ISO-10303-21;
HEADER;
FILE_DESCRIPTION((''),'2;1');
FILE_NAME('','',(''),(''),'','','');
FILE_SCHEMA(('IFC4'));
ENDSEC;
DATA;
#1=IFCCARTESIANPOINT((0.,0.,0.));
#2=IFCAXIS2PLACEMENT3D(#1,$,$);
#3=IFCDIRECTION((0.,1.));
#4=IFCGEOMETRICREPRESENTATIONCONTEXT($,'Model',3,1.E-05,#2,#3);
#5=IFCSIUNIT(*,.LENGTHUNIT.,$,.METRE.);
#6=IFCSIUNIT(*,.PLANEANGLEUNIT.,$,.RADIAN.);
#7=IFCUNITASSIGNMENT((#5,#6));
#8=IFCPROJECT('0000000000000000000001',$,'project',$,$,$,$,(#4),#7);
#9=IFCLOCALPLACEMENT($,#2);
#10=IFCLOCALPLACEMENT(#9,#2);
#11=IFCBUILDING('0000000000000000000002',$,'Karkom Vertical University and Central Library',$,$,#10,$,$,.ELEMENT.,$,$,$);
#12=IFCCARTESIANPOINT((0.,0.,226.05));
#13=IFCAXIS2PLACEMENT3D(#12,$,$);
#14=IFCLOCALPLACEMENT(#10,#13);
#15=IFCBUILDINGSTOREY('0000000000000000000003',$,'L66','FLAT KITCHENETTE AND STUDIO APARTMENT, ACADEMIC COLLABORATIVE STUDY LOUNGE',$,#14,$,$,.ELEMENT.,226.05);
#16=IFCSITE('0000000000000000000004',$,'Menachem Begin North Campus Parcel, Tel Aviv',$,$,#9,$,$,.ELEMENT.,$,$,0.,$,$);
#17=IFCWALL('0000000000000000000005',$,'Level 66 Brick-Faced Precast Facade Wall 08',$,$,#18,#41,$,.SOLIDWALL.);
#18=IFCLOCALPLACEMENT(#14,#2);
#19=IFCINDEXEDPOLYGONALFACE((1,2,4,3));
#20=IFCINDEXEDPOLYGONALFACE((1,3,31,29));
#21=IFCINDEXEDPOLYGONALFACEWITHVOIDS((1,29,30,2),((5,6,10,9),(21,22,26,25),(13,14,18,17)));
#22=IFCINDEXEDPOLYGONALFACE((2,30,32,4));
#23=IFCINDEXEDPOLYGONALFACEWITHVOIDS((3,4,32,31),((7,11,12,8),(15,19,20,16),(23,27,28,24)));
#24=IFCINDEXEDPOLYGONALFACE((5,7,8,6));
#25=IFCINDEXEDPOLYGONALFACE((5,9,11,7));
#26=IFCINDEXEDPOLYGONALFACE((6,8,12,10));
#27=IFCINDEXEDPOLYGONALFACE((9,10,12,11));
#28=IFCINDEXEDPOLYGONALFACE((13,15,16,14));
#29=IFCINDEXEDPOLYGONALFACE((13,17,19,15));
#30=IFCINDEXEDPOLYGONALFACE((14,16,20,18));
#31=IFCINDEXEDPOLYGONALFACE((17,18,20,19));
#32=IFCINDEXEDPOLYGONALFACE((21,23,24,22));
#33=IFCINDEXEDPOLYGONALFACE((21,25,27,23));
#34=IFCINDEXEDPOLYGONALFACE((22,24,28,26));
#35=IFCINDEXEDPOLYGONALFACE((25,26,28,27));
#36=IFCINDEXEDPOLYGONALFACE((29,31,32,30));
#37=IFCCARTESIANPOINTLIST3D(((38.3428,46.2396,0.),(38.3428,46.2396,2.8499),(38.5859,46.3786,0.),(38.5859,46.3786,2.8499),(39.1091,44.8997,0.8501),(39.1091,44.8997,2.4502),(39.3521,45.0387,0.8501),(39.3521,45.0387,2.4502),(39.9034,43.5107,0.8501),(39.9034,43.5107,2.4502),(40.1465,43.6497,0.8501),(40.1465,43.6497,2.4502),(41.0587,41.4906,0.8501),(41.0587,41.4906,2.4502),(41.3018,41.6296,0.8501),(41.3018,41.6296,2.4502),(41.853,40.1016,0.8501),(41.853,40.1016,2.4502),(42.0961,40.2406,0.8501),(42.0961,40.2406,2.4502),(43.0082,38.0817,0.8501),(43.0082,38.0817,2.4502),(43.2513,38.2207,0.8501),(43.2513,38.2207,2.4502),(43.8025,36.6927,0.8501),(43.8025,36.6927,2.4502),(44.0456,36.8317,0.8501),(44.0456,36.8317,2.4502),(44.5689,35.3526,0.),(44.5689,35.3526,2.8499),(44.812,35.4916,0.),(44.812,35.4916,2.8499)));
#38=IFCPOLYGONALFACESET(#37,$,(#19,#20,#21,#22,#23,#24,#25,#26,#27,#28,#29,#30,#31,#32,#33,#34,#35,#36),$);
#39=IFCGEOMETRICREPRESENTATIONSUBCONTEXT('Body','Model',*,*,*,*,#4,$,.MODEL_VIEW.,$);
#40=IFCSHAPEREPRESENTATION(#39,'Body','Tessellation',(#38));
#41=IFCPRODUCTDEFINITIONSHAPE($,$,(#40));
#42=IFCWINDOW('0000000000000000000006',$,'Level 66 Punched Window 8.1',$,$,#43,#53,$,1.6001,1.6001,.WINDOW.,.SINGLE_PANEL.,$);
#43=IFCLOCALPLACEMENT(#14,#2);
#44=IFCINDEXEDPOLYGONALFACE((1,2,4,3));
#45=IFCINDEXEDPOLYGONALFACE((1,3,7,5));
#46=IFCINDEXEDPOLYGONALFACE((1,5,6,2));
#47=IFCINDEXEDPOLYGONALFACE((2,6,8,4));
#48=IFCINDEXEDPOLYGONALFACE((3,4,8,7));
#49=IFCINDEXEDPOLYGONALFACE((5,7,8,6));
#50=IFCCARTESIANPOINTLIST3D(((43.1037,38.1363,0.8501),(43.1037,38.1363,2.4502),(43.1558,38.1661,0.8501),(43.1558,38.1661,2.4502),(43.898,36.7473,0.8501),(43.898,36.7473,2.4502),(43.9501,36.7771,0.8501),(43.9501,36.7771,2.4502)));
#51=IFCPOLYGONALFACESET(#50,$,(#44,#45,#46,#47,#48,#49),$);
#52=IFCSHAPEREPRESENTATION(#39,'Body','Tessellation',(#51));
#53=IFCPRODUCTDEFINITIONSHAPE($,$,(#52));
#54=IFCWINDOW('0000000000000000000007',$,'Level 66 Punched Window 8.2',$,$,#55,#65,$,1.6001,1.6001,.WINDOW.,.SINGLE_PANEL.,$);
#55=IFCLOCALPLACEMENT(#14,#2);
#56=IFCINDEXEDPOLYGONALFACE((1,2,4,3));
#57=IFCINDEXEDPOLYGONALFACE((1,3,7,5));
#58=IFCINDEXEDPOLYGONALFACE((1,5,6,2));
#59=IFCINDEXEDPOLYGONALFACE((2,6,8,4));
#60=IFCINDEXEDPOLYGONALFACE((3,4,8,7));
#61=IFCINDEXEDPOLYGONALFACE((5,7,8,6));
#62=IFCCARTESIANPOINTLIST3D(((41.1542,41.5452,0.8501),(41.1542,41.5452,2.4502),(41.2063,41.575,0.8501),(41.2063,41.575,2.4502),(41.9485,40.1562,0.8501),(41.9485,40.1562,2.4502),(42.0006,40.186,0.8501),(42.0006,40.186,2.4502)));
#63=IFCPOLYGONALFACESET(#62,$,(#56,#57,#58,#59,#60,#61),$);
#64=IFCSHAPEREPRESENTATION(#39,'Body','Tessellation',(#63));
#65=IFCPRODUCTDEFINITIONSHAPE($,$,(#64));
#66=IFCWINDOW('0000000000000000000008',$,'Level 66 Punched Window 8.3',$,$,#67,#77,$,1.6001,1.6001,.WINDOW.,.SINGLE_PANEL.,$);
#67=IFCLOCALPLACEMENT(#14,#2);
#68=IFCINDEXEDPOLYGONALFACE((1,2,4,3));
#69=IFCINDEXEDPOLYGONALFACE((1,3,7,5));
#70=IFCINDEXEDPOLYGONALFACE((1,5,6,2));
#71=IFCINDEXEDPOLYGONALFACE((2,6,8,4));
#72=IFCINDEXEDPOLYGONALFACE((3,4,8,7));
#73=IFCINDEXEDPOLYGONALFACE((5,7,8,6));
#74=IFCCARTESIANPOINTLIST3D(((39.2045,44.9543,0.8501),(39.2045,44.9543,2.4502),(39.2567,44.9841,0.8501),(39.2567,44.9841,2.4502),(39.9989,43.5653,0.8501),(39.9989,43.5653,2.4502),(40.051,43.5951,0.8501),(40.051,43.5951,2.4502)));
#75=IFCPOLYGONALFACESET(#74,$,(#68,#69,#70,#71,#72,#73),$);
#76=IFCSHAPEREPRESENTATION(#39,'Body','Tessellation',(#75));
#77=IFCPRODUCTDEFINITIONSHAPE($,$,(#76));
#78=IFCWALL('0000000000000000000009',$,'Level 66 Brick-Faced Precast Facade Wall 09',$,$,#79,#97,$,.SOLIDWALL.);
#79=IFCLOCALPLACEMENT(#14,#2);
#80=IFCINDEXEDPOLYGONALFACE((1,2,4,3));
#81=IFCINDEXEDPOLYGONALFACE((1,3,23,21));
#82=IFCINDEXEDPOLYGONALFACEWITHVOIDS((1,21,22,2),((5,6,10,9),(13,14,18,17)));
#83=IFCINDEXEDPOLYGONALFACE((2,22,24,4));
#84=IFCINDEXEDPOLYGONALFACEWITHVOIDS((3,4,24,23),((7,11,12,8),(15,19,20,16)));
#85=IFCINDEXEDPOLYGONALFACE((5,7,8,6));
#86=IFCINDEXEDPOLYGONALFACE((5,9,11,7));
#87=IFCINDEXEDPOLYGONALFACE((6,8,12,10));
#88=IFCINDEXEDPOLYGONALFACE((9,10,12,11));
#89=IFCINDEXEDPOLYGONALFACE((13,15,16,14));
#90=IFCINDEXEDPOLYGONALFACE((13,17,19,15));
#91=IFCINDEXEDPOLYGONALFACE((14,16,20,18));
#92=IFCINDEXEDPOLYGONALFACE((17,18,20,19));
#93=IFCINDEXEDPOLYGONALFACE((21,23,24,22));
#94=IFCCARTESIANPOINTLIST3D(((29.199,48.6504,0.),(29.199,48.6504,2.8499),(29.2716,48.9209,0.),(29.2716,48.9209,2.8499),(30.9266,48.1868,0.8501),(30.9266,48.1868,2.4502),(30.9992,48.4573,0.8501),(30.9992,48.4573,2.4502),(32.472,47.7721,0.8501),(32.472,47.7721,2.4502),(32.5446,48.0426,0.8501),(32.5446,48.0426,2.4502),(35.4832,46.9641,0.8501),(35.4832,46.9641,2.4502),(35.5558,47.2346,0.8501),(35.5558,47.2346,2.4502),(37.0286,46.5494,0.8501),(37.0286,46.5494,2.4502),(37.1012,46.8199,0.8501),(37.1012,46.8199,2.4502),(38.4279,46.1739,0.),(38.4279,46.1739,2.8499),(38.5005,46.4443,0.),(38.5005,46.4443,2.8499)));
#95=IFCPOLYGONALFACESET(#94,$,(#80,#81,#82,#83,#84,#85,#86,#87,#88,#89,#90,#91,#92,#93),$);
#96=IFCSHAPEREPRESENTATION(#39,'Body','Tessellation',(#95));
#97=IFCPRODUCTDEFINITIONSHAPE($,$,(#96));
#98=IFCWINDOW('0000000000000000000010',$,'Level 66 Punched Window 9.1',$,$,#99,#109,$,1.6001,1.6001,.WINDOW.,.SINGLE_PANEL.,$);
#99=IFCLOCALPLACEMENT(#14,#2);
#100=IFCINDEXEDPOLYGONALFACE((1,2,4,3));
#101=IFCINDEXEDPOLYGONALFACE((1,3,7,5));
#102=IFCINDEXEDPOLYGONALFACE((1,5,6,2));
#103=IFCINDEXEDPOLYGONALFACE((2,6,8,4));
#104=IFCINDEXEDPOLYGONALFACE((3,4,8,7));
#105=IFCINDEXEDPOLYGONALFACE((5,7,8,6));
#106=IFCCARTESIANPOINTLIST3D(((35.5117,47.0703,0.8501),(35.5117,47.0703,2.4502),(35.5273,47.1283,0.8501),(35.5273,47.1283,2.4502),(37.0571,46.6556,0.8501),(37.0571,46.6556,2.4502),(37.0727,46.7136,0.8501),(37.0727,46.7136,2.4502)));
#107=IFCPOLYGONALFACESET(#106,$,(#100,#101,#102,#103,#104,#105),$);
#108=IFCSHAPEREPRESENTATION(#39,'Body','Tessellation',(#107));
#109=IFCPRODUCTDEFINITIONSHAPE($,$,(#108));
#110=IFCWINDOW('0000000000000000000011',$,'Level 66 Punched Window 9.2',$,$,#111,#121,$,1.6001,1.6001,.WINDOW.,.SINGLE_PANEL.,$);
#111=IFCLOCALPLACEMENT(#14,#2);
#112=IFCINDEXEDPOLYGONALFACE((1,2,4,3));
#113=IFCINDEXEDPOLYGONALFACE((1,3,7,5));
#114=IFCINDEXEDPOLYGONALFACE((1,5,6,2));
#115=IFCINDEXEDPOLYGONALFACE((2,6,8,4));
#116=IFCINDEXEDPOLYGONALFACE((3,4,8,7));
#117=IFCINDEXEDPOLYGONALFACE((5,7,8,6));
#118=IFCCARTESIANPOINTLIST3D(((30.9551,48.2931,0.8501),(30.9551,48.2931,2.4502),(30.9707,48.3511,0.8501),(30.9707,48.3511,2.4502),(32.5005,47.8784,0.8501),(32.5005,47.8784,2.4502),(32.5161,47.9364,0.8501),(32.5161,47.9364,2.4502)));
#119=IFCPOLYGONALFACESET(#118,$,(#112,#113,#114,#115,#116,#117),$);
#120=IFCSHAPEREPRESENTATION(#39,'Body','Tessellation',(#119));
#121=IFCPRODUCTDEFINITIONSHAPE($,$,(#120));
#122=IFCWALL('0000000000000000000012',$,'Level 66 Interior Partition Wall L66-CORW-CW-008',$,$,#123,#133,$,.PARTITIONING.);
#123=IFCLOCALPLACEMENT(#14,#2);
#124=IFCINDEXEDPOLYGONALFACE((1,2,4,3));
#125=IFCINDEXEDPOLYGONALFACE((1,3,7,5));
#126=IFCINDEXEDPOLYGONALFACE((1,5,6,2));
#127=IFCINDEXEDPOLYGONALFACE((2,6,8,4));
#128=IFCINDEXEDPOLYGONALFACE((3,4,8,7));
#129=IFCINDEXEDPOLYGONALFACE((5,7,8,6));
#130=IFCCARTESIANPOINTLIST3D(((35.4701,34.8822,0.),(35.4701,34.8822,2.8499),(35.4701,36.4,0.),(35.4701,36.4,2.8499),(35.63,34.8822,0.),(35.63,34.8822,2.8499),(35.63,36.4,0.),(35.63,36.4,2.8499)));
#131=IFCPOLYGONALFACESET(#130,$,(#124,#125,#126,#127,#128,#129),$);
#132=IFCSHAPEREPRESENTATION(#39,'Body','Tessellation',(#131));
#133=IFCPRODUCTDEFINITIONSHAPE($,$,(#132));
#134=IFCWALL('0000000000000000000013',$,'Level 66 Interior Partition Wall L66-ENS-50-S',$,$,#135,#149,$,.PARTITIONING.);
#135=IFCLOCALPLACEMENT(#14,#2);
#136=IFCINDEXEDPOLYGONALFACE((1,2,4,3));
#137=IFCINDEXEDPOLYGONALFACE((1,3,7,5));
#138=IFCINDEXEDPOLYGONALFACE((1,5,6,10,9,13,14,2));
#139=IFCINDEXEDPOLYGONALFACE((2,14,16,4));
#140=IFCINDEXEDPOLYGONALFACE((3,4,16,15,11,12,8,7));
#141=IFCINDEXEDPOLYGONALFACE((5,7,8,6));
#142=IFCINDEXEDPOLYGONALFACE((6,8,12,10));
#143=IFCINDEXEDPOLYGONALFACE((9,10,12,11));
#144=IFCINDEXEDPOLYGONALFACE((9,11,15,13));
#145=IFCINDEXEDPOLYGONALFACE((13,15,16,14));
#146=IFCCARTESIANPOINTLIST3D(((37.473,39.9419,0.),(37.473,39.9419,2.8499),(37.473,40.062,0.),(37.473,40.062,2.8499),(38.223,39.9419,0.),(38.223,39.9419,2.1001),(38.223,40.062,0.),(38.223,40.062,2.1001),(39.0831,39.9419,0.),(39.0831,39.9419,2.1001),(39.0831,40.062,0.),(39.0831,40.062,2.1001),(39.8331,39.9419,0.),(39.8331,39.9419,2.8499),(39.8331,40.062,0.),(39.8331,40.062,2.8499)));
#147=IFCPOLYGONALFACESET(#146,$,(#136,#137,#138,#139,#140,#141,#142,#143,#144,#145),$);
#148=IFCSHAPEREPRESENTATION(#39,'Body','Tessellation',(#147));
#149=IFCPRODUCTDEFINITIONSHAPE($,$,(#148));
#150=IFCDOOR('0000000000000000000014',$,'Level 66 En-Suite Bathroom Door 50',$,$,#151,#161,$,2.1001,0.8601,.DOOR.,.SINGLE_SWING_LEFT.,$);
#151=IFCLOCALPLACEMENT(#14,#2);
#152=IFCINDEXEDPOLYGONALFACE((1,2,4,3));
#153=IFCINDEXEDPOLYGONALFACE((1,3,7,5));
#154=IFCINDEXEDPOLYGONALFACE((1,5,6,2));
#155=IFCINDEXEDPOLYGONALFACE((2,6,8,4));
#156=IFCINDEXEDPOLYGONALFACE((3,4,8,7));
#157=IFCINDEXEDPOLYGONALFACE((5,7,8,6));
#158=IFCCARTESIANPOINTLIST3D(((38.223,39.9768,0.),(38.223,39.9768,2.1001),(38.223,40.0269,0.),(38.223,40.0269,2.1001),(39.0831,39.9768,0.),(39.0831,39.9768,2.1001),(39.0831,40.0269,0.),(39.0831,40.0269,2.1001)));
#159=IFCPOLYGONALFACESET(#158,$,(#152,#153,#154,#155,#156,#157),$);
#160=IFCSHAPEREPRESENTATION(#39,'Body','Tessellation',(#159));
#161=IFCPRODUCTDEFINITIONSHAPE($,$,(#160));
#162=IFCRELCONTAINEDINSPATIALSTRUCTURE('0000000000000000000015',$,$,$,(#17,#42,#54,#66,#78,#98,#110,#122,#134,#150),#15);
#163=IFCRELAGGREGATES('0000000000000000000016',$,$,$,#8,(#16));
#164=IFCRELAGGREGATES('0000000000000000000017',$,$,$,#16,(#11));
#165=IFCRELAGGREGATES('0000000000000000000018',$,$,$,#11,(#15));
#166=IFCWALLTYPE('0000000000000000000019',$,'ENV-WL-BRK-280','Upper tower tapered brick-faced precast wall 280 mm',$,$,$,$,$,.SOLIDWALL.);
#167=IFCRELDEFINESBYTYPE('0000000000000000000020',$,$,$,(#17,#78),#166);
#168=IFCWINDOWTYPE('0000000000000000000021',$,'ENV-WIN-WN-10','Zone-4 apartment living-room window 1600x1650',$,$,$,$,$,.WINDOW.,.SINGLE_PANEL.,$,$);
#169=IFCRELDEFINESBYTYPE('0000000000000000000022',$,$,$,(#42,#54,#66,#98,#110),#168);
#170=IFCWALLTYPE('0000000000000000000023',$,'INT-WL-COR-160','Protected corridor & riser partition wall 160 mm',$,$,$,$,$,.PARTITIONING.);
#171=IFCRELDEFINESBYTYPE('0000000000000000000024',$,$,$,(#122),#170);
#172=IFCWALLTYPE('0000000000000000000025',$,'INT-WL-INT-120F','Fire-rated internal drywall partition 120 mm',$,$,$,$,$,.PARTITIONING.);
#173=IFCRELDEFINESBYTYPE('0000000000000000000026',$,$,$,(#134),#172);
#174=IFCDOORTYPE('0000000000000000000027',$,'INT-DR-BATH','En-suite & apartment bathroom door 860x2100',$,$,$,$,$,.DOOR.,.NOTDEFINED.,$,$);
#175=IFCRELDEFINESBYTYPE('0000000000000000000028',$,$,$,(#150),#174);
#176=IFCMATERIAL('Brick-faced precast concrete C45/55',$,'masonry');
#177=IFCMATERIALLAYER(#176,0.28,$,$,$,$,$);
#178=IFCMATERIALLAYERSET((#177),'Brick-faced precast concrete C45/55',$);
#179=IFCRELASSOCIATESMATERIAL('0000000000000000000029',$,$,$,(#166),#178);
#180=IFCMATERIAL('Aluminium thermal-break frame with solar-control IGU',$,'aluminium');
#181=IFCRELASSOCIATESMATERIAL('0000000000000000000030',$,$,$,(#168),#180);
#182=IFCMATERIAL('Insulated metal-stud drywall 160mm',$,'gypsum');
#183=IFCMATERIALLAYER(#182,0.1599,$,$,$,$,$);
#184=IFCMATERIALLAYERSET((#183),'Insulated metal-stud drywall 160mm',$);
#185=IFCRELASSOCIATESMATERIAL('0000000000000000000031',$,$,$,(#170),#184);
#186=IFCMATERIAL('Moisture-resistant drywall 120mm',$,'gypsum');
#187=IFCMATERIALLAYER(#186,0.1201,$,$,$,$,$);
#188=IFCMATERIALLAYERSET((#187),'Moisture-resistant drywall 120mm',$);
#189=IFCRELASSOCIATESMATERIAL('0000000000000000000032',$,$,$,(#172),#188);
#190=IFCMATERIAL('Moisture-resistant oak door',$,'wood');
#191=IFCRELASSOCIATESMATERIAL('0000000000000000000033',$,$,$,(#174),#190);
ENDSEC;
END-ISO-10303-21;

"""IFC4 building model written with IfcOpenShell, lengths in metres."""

from ifc_helpers import new_model, si_unit, direction, frame, frame_2d, origin, origin_with_axes, place, context, subcontext, project, spatial, rectangle, extrude, source, transform, mapped, material, layer, layer_set, type_object, element, fill, save


model = new_model("IFC4")

# Units and contexts
model_context = context("Model", 3, precision=1e-05, world=origin(), true_north=direction((0.0, 1.0)))
body_context = subcontext(model_context, "Body", "Model", "MODEL_VIEW")
ifc_project = project(units=[si_unit("LENGTHUNIT", "METRE"), si_unit("PLANEANGLEUNIT", "RADIAN")], contexts=[model_context])

# Site, building, storey
site_placement = place(None, origin())
site = spatial("IfcSite", under=ifc_project, at=site_placement, Name="Menachem Begin North Campus Parcel, Tel Aviv", CompositionType="ELEMENT", RefElevation=0.0)
building_placement = place(site_placement, origin())
building = spatial("IfcBuilding", under=site, at=building_placement, Name="Karkom Vertical University and Central Library", CompositionType="ELEMENT")
storey_placement = place(building_placement, frame((0.0, 0.0, 226.05)))
storey = spatial("IfcBuildingStorey", under=building, at=storey_placement, Name="L66", Description="FLAT KITCHENETTE AND STUDIO APARTMENT, ACADEMIC COLLABORATIVE STUDY LOUNGE", CompositionType="ELEMENT", Elevation=226.05)

# Walls, openings, windows
ifc_material_1 = material(Name="Brick-faced precast concrete C45/55", Category="masonry")
ifc_layer_1 = layer(ifc_material_1, 0.28)
ifc_layer_set_1 = layer_set([ifc_layer_1], Name="Brick-faced precast concrete C45/55")
wall_type_1 = type_object("IfcWallType", Name="ENV-WL-BRK-280", Description="Upper tower tapered brick-faced precast wall 280 mm", PredefinedType="SOLIDWALL", material=ifc_layer_set_1)
wall_1_placement = place(storey_placement, frame((44.6904, 35.4221, 0.0), z_axis=(0.0, 0.0, 1.0), x_axis=(-0.496437, 0.868073, 0.0)))
wall_1 = element("IfcWall", 1, at=wall_1_placement, inside=storey, type_object=wall_type_1, Name="Level 66 Brick-Faced Precast Facade Wall 08", PredefinedType="SOLIDWALL", context=body_context, shape_type="SweptSolid", body=[
    extrude(rectangle(XDim=12.5415, YDim=0.28, at=frame_2d((6.2708, 0.0))), origin(), (0.0, 0.0, 1.0), 2.8499),
])
opening_1_placement = place(wall_1_placement, frame((1.5437, 0.0, 0.8501)))
opening_1 = element("IfcOpeningElement", 2, at=opening_1_placement, cuts=wall_1, PredefinedType="OPENING", context=body_context, shape_type="SweptSolid", body=[
    extrude(rectangle(XDim=1.6001, YDim=1.6001, at=frame_2d((0.8, 0.8))), frame((0.0, 0.1499, 0.0), z_axis=(0.0, -1.0, 0.0), x_axis=(1.0, 0.0, 0.0)), (0.0, 0.0, 1.0), 0.3),
])
opening_2_placement = place(wall_1_placement, frame((5.4707, 0.0, 0.8501)))
opening_2 = element("IfcOpeningElement", 3, at=opening_2_placement, cuts=wall_1, PredefinedType="OPENING", context=body_context, shape_type="SweptSolid", body=[
    extrude(rectangle(XDim=1.6001, YDim=1.6001, at=frame_2d((0.8, 0.8))), frame((0.0, 0.1499, 0.0), z_axis=(0.0, -1.0, 0.0), x_axis=(1.0, 0.0, 0.0)), (0.0, 0.0, 1.0), 0.3),
])
opening_3_placement = place(wall_1_placement, frame((9.3979, 0.0, 0.8501)))
opening_3 = element("IfcOpeningElement", 4, at=opening_3_placement, cuts=wall_1, PredefinedType="OPENING", context=body_context, shape_type="SweptSolid", body=[
    extrude(rectangle(XDim=1.6001, YDim=1.6001, at=frame_2d((0.8, 0.8))), frame((0.0, 0.1499, 0.0), z_axis=(0.0, -1.0, 0.0), x_axis=(1.0, 0.0, 0.0)), (0.0, 0.0, 1.0), 0.3),
])
ifc_material_2 = material(Name="Aluminium thermal-break frame with solar-control IGU", Category="aluminium")
window_type = type_object("IfcWindowType", Name="ENV-WIN-WN-10", Description="Zone-4 apartment living-room window 1600x1650", PartitioningType="SINGLE_PANEL", PredefinedType="WINDOW", material=ifc_material_2)
shared_shape_1 = source(origin_with_axes(), body_context, "Body", "SweptSolid", [
    extrude(rectangle(XDim=1.6001, YDim=1.6001, at=frame_2d((0.8, 0.8))), frame((0.0, 0.03, 0.0), z_axis=(0.0, -1.0, 0.0), x_axis=(1.0, 0.0, 0.0)), (0.0, 0.0, 1.0), 0.0601),
])
window_1_placement = place(opening_1_placement, origin())
window_1 = element("IfcWindow", 5, at=window_1_placement, inside=storey, type_object=window_type, Name="Level 66 Punched Window 8.1", OverallHeight=1.6001, OverallWidth=1.6001, PartitioningType="SINGLE_PANEL", PredefinedType="WINDOW", context=body_context, shape_type="MappedRepresentation", body=[
    mapped(shared_shape_1, transform((0.0, 0.0, 0.0), scale=1.0)),
])
fill(opening_1, window_1)
window_2_placement = place(opening_2_placement, origin())
window_2 = element("IfcWindow", 6, at=window_2_placement, inside=storey, type_object=window_type, Name="Level 66 Punched Window 8.2", OverallHeight=1.6001, OverallWidth=1.6001, PartitioningType="SINGLE_PANEL", PredefinedType="WINDOW", context=body_context, shape_type="MappedRepresentation", body=[
    mapped(shared_shape_1, transform((0.0, 0.0, 0.0), scale=1.0)),
])
fill(opening_2, window_2)
window_3_placement = place(opening_3_placement, origin())
window_3 = element("IfcWindow", 7, at=window_3_placement, inside=storey, type_object=window_type, Name="Level 66 Punched Window 8.3", OverallHeight=1.6001, OverallWidth=1.6001, PartitioningType="SINGLE_PANEL", PredefinedType="WINDOW", context=body_context, shape_type="MappedRepresentation", body=[
    mapped(shared_shape_1, transform((0.0, 0.0, 0.0), scale=1.0)),
])
fill(opening_3, window_3)
wall_2_placement = place(storey_placement, frame((38.4644, 46.3091, 0.0), z_axis=(0.0, 0.0, 1.0), x_axis=(-0.96583, 0.259176, 0.0)))
wall_2 = element("IfcWall", 8, at=wall_2_placement, inside=storey, type_object=wall_type_1, Name="Level 66 Brick-Faced Precast Facade Wall 09", PredefinedType="SOLIDWALL", context=body_context, shape_type="SweptSolid", body=[
    extrude(rectangle(XDim=9.5554, YDim=0.28, at=frame_2d((4.7778, 0.0))), origin(), (0.0, 0.0, 1.0), 2.8499),
])
opening_4_placement = place(wall_2_placement, frame((1.449, 0.0, 0.8501)))
opening_4 = element("IfcOpeningElement", 9, at=opening_4_placement, cuts=wall_2, PredefinedType="OPENING", context=body_context, shape_type="SweptSolid", body=[
    extrude(rectangle(XDim=1.6001, YDim=1.6001, at=frame_2d((0.8, 0.8))), frame((0.0, 0.1499, 0.0), z_axis=(0.0, -1.0, 0.0), x_axis=(1.0, 0.0, 0.0)), (0.0, 0.0, 1.0), 0.3),
])
opening_5_placement = place(wall_2_placement, frame((6.1667, 0.0, 0.8501)))
opening_5 = element("IfcOpeningElement", 10, at=opening_5_placement, cuts=wall_2, PredefinedType="OPENING", context=body_context, shape_type="SweptSolid", body=[
    extrude(rectangle(XDim=1.6001, YDim=1.6001, at=frame_2d((0.8, 0.8))), frame((0.0, 0.1499, 0.0), z_axis=(0.0, -1.0, 0.0), x_axis=(1.0, 0.0, 0.0)), (0.0, 0.0, 1.0), 0.3),
])
window_4_placement = place(opening_4_placement, origin())
window_4 = element("IfcWindow", 11, at=window_4_placement, inside=storey, type_object=window_type, Name="Level 66 Punched Window 9.1", OverallHeight=1.6001, OverallWidth=1.6001, PartitioningType="SINGLE_PANEL", PredefinedType="WINDOW", context=body_context, shape_type="MappedRepresentation", body=[
    mapped(shared_shape_1, transform((0.0, 0.0, 0.0), scale=1.0)),
])
fill(opening_4, window_4)
window_5_placement = place(opening_5_placement, origin())
window_5 = element("IfcWindow", 12, at=window_5_placement, inside=storey, type_object=window_type, Name="Level 66 Punched Window 9.2", OverallHeight=1.6001, OverallWidth=1.6001, PartitioningType="SINGLE_PANEL", PredefinedType="WINDOW", context=body_context, shape_type="MappedRepresentation", body=[
    mapped(shared_shape_1, transform((0.0, 0.0, 0.0), scale=1.0)),
])
fill(opening_5, window_5)

# Wall
ifc_material_3 = material(Name="Insulated metal-stud drywall 160mm", Category="gypsum")
ifc_layer_2 = layer(ifc_material_3, 0.1599)
ifc_layer_set_2 = layer_set([ifc_layer_2], Name="Insulated metal-stud drywall 160mm")
wall_type_2 = type_object("IfcWallType", Name="INT-WL-COR-160", Description="Protected corridor & riser partition wall 160 mm", PredefinedType="PARTITIONING", material=ifc_layer_set_2)
wall_3_placement = place(storey_placement, frame((35.55, 36.3999, 0.0), z_axis=(0.0, 0.0, 1.0), x_axis=(0.0, -1.0, 0.0)))
element("IfcWall", 13, at=wall_3_placement, inside=storey, type_object=wall_type_2, Name="Level 66 Interior Partition Wall L66-CORW-CW-008", PredefinedType="PARTITIONING", context=body_context, shape_type="SweptSolid", body=[
    extrude(rectangle(XDim=1.5178, YDim=0.1599, at=frame_2d((0.7588, 0.0))), origin(), (0.0, 0.0, 1.0), 2.8499),
])

# Wall, opening, door
ifc_material_4 = material(Name="Moisture-resistant drywall 120mm", Category="gypsum")
ifc_layer_3 = layer(ifc_material_4, 0.1201)
ifc_layer_set_3 = layer_set([ifc_layer_3], Name="Moisture-resistant drywall 120mm")
wall_type_3 = type_object("IfcWallType", Name="INT-WL-INT-120F", Description="Fire-rated internal drywall partition 120 mm", PredefinedType="PARTITIONING", material=ifc_layer_set_3)
wall_4_placement = place(storey_placement, frame((37.4729, 40.002, 0.0), z_axis=(0.0, 0.0, 1.0), x_axis=(1.0, 0.0, 0.0)))
wall_4 = element("IfcWall", 14, at=wall_4_placement, inside=storey, type_object=wall_type_3, Name="Level 66 Interior Partition Wall L66-ENS-50-S", PredefinedType="PARTITIONING", context=body_context, shape_type="SweptSolid", body=[
    extrude(rectangle(XDim=2.3601, YDim=0.1201, at=frame_2d((1.1802, 0.0))), origin(), (0.0, 0.0, 1.0), 2.8499),
])
opening_6_placement = place(wall_4_placement, frame((0.75, 0.0, 0.0)))
opening_6 = element("IfcOpeningElement", 15, at=opening_6_placement, cuts=wall_4, PredefinedType="OPENING", context=body_context, shape_type="SweptSolid", body=[
    extrude(rectangle(XDim=0.8601, YDim=2.1001, at=frame_2d((0.4302, 1.05))), frame((0.0, 0.0701, 0.0), z_axis=(0.0, -1.0, 0.0), x_axis=(1.0, 0.0, 0.0)), (0.0, 0.0, 1.0), 0.1401),
])
ifc_material_5 = material(Name="Moisture-resistant oak door", Category="wood")
door_type = type_object("IfcDoorType", Name="INT-DR-BATH", Description="En-suite & apartment bathroom door 860x2100", OperationType="NOTDEFINED", PredefinedType="DOOR", material=ifc_material_5)
shared_shape_2 = source(origin_with_axes(), body_context, "Body", "SweptSolid", [
    extrude(rectangle(XDim=0.8601, YDim=2.1001, at=frame_2d((0.4302, 1.05))), frame((0.0, 0.0249, 0.0), z_axis=(0.0, -1.0, 0.0), x_axis=(1.0, 0.0, 0.0)), (0.0, 0.0, 1.0), 0.05),
])
door_placement = place(opening_6_placement, origin())
door = element("IfcDoor", 16, at=door_placement, inside=storey, type_object=door_type, Name="Level 66 En-Suite Bathroom Door 50", OperationType="SINGLE_SWING_LEFT", OverallHeight=2.1001, OverallWidth=0.8601, PredefinedType="DOOR", context=body_context, shape_type="MappedRepresentation", body=[
    mapped(shared_shape_2, transform((0.0, 0.0, 0.0), scale=1.0)),
])
fill(opening_6, door)

save(model, "model.ifc")
